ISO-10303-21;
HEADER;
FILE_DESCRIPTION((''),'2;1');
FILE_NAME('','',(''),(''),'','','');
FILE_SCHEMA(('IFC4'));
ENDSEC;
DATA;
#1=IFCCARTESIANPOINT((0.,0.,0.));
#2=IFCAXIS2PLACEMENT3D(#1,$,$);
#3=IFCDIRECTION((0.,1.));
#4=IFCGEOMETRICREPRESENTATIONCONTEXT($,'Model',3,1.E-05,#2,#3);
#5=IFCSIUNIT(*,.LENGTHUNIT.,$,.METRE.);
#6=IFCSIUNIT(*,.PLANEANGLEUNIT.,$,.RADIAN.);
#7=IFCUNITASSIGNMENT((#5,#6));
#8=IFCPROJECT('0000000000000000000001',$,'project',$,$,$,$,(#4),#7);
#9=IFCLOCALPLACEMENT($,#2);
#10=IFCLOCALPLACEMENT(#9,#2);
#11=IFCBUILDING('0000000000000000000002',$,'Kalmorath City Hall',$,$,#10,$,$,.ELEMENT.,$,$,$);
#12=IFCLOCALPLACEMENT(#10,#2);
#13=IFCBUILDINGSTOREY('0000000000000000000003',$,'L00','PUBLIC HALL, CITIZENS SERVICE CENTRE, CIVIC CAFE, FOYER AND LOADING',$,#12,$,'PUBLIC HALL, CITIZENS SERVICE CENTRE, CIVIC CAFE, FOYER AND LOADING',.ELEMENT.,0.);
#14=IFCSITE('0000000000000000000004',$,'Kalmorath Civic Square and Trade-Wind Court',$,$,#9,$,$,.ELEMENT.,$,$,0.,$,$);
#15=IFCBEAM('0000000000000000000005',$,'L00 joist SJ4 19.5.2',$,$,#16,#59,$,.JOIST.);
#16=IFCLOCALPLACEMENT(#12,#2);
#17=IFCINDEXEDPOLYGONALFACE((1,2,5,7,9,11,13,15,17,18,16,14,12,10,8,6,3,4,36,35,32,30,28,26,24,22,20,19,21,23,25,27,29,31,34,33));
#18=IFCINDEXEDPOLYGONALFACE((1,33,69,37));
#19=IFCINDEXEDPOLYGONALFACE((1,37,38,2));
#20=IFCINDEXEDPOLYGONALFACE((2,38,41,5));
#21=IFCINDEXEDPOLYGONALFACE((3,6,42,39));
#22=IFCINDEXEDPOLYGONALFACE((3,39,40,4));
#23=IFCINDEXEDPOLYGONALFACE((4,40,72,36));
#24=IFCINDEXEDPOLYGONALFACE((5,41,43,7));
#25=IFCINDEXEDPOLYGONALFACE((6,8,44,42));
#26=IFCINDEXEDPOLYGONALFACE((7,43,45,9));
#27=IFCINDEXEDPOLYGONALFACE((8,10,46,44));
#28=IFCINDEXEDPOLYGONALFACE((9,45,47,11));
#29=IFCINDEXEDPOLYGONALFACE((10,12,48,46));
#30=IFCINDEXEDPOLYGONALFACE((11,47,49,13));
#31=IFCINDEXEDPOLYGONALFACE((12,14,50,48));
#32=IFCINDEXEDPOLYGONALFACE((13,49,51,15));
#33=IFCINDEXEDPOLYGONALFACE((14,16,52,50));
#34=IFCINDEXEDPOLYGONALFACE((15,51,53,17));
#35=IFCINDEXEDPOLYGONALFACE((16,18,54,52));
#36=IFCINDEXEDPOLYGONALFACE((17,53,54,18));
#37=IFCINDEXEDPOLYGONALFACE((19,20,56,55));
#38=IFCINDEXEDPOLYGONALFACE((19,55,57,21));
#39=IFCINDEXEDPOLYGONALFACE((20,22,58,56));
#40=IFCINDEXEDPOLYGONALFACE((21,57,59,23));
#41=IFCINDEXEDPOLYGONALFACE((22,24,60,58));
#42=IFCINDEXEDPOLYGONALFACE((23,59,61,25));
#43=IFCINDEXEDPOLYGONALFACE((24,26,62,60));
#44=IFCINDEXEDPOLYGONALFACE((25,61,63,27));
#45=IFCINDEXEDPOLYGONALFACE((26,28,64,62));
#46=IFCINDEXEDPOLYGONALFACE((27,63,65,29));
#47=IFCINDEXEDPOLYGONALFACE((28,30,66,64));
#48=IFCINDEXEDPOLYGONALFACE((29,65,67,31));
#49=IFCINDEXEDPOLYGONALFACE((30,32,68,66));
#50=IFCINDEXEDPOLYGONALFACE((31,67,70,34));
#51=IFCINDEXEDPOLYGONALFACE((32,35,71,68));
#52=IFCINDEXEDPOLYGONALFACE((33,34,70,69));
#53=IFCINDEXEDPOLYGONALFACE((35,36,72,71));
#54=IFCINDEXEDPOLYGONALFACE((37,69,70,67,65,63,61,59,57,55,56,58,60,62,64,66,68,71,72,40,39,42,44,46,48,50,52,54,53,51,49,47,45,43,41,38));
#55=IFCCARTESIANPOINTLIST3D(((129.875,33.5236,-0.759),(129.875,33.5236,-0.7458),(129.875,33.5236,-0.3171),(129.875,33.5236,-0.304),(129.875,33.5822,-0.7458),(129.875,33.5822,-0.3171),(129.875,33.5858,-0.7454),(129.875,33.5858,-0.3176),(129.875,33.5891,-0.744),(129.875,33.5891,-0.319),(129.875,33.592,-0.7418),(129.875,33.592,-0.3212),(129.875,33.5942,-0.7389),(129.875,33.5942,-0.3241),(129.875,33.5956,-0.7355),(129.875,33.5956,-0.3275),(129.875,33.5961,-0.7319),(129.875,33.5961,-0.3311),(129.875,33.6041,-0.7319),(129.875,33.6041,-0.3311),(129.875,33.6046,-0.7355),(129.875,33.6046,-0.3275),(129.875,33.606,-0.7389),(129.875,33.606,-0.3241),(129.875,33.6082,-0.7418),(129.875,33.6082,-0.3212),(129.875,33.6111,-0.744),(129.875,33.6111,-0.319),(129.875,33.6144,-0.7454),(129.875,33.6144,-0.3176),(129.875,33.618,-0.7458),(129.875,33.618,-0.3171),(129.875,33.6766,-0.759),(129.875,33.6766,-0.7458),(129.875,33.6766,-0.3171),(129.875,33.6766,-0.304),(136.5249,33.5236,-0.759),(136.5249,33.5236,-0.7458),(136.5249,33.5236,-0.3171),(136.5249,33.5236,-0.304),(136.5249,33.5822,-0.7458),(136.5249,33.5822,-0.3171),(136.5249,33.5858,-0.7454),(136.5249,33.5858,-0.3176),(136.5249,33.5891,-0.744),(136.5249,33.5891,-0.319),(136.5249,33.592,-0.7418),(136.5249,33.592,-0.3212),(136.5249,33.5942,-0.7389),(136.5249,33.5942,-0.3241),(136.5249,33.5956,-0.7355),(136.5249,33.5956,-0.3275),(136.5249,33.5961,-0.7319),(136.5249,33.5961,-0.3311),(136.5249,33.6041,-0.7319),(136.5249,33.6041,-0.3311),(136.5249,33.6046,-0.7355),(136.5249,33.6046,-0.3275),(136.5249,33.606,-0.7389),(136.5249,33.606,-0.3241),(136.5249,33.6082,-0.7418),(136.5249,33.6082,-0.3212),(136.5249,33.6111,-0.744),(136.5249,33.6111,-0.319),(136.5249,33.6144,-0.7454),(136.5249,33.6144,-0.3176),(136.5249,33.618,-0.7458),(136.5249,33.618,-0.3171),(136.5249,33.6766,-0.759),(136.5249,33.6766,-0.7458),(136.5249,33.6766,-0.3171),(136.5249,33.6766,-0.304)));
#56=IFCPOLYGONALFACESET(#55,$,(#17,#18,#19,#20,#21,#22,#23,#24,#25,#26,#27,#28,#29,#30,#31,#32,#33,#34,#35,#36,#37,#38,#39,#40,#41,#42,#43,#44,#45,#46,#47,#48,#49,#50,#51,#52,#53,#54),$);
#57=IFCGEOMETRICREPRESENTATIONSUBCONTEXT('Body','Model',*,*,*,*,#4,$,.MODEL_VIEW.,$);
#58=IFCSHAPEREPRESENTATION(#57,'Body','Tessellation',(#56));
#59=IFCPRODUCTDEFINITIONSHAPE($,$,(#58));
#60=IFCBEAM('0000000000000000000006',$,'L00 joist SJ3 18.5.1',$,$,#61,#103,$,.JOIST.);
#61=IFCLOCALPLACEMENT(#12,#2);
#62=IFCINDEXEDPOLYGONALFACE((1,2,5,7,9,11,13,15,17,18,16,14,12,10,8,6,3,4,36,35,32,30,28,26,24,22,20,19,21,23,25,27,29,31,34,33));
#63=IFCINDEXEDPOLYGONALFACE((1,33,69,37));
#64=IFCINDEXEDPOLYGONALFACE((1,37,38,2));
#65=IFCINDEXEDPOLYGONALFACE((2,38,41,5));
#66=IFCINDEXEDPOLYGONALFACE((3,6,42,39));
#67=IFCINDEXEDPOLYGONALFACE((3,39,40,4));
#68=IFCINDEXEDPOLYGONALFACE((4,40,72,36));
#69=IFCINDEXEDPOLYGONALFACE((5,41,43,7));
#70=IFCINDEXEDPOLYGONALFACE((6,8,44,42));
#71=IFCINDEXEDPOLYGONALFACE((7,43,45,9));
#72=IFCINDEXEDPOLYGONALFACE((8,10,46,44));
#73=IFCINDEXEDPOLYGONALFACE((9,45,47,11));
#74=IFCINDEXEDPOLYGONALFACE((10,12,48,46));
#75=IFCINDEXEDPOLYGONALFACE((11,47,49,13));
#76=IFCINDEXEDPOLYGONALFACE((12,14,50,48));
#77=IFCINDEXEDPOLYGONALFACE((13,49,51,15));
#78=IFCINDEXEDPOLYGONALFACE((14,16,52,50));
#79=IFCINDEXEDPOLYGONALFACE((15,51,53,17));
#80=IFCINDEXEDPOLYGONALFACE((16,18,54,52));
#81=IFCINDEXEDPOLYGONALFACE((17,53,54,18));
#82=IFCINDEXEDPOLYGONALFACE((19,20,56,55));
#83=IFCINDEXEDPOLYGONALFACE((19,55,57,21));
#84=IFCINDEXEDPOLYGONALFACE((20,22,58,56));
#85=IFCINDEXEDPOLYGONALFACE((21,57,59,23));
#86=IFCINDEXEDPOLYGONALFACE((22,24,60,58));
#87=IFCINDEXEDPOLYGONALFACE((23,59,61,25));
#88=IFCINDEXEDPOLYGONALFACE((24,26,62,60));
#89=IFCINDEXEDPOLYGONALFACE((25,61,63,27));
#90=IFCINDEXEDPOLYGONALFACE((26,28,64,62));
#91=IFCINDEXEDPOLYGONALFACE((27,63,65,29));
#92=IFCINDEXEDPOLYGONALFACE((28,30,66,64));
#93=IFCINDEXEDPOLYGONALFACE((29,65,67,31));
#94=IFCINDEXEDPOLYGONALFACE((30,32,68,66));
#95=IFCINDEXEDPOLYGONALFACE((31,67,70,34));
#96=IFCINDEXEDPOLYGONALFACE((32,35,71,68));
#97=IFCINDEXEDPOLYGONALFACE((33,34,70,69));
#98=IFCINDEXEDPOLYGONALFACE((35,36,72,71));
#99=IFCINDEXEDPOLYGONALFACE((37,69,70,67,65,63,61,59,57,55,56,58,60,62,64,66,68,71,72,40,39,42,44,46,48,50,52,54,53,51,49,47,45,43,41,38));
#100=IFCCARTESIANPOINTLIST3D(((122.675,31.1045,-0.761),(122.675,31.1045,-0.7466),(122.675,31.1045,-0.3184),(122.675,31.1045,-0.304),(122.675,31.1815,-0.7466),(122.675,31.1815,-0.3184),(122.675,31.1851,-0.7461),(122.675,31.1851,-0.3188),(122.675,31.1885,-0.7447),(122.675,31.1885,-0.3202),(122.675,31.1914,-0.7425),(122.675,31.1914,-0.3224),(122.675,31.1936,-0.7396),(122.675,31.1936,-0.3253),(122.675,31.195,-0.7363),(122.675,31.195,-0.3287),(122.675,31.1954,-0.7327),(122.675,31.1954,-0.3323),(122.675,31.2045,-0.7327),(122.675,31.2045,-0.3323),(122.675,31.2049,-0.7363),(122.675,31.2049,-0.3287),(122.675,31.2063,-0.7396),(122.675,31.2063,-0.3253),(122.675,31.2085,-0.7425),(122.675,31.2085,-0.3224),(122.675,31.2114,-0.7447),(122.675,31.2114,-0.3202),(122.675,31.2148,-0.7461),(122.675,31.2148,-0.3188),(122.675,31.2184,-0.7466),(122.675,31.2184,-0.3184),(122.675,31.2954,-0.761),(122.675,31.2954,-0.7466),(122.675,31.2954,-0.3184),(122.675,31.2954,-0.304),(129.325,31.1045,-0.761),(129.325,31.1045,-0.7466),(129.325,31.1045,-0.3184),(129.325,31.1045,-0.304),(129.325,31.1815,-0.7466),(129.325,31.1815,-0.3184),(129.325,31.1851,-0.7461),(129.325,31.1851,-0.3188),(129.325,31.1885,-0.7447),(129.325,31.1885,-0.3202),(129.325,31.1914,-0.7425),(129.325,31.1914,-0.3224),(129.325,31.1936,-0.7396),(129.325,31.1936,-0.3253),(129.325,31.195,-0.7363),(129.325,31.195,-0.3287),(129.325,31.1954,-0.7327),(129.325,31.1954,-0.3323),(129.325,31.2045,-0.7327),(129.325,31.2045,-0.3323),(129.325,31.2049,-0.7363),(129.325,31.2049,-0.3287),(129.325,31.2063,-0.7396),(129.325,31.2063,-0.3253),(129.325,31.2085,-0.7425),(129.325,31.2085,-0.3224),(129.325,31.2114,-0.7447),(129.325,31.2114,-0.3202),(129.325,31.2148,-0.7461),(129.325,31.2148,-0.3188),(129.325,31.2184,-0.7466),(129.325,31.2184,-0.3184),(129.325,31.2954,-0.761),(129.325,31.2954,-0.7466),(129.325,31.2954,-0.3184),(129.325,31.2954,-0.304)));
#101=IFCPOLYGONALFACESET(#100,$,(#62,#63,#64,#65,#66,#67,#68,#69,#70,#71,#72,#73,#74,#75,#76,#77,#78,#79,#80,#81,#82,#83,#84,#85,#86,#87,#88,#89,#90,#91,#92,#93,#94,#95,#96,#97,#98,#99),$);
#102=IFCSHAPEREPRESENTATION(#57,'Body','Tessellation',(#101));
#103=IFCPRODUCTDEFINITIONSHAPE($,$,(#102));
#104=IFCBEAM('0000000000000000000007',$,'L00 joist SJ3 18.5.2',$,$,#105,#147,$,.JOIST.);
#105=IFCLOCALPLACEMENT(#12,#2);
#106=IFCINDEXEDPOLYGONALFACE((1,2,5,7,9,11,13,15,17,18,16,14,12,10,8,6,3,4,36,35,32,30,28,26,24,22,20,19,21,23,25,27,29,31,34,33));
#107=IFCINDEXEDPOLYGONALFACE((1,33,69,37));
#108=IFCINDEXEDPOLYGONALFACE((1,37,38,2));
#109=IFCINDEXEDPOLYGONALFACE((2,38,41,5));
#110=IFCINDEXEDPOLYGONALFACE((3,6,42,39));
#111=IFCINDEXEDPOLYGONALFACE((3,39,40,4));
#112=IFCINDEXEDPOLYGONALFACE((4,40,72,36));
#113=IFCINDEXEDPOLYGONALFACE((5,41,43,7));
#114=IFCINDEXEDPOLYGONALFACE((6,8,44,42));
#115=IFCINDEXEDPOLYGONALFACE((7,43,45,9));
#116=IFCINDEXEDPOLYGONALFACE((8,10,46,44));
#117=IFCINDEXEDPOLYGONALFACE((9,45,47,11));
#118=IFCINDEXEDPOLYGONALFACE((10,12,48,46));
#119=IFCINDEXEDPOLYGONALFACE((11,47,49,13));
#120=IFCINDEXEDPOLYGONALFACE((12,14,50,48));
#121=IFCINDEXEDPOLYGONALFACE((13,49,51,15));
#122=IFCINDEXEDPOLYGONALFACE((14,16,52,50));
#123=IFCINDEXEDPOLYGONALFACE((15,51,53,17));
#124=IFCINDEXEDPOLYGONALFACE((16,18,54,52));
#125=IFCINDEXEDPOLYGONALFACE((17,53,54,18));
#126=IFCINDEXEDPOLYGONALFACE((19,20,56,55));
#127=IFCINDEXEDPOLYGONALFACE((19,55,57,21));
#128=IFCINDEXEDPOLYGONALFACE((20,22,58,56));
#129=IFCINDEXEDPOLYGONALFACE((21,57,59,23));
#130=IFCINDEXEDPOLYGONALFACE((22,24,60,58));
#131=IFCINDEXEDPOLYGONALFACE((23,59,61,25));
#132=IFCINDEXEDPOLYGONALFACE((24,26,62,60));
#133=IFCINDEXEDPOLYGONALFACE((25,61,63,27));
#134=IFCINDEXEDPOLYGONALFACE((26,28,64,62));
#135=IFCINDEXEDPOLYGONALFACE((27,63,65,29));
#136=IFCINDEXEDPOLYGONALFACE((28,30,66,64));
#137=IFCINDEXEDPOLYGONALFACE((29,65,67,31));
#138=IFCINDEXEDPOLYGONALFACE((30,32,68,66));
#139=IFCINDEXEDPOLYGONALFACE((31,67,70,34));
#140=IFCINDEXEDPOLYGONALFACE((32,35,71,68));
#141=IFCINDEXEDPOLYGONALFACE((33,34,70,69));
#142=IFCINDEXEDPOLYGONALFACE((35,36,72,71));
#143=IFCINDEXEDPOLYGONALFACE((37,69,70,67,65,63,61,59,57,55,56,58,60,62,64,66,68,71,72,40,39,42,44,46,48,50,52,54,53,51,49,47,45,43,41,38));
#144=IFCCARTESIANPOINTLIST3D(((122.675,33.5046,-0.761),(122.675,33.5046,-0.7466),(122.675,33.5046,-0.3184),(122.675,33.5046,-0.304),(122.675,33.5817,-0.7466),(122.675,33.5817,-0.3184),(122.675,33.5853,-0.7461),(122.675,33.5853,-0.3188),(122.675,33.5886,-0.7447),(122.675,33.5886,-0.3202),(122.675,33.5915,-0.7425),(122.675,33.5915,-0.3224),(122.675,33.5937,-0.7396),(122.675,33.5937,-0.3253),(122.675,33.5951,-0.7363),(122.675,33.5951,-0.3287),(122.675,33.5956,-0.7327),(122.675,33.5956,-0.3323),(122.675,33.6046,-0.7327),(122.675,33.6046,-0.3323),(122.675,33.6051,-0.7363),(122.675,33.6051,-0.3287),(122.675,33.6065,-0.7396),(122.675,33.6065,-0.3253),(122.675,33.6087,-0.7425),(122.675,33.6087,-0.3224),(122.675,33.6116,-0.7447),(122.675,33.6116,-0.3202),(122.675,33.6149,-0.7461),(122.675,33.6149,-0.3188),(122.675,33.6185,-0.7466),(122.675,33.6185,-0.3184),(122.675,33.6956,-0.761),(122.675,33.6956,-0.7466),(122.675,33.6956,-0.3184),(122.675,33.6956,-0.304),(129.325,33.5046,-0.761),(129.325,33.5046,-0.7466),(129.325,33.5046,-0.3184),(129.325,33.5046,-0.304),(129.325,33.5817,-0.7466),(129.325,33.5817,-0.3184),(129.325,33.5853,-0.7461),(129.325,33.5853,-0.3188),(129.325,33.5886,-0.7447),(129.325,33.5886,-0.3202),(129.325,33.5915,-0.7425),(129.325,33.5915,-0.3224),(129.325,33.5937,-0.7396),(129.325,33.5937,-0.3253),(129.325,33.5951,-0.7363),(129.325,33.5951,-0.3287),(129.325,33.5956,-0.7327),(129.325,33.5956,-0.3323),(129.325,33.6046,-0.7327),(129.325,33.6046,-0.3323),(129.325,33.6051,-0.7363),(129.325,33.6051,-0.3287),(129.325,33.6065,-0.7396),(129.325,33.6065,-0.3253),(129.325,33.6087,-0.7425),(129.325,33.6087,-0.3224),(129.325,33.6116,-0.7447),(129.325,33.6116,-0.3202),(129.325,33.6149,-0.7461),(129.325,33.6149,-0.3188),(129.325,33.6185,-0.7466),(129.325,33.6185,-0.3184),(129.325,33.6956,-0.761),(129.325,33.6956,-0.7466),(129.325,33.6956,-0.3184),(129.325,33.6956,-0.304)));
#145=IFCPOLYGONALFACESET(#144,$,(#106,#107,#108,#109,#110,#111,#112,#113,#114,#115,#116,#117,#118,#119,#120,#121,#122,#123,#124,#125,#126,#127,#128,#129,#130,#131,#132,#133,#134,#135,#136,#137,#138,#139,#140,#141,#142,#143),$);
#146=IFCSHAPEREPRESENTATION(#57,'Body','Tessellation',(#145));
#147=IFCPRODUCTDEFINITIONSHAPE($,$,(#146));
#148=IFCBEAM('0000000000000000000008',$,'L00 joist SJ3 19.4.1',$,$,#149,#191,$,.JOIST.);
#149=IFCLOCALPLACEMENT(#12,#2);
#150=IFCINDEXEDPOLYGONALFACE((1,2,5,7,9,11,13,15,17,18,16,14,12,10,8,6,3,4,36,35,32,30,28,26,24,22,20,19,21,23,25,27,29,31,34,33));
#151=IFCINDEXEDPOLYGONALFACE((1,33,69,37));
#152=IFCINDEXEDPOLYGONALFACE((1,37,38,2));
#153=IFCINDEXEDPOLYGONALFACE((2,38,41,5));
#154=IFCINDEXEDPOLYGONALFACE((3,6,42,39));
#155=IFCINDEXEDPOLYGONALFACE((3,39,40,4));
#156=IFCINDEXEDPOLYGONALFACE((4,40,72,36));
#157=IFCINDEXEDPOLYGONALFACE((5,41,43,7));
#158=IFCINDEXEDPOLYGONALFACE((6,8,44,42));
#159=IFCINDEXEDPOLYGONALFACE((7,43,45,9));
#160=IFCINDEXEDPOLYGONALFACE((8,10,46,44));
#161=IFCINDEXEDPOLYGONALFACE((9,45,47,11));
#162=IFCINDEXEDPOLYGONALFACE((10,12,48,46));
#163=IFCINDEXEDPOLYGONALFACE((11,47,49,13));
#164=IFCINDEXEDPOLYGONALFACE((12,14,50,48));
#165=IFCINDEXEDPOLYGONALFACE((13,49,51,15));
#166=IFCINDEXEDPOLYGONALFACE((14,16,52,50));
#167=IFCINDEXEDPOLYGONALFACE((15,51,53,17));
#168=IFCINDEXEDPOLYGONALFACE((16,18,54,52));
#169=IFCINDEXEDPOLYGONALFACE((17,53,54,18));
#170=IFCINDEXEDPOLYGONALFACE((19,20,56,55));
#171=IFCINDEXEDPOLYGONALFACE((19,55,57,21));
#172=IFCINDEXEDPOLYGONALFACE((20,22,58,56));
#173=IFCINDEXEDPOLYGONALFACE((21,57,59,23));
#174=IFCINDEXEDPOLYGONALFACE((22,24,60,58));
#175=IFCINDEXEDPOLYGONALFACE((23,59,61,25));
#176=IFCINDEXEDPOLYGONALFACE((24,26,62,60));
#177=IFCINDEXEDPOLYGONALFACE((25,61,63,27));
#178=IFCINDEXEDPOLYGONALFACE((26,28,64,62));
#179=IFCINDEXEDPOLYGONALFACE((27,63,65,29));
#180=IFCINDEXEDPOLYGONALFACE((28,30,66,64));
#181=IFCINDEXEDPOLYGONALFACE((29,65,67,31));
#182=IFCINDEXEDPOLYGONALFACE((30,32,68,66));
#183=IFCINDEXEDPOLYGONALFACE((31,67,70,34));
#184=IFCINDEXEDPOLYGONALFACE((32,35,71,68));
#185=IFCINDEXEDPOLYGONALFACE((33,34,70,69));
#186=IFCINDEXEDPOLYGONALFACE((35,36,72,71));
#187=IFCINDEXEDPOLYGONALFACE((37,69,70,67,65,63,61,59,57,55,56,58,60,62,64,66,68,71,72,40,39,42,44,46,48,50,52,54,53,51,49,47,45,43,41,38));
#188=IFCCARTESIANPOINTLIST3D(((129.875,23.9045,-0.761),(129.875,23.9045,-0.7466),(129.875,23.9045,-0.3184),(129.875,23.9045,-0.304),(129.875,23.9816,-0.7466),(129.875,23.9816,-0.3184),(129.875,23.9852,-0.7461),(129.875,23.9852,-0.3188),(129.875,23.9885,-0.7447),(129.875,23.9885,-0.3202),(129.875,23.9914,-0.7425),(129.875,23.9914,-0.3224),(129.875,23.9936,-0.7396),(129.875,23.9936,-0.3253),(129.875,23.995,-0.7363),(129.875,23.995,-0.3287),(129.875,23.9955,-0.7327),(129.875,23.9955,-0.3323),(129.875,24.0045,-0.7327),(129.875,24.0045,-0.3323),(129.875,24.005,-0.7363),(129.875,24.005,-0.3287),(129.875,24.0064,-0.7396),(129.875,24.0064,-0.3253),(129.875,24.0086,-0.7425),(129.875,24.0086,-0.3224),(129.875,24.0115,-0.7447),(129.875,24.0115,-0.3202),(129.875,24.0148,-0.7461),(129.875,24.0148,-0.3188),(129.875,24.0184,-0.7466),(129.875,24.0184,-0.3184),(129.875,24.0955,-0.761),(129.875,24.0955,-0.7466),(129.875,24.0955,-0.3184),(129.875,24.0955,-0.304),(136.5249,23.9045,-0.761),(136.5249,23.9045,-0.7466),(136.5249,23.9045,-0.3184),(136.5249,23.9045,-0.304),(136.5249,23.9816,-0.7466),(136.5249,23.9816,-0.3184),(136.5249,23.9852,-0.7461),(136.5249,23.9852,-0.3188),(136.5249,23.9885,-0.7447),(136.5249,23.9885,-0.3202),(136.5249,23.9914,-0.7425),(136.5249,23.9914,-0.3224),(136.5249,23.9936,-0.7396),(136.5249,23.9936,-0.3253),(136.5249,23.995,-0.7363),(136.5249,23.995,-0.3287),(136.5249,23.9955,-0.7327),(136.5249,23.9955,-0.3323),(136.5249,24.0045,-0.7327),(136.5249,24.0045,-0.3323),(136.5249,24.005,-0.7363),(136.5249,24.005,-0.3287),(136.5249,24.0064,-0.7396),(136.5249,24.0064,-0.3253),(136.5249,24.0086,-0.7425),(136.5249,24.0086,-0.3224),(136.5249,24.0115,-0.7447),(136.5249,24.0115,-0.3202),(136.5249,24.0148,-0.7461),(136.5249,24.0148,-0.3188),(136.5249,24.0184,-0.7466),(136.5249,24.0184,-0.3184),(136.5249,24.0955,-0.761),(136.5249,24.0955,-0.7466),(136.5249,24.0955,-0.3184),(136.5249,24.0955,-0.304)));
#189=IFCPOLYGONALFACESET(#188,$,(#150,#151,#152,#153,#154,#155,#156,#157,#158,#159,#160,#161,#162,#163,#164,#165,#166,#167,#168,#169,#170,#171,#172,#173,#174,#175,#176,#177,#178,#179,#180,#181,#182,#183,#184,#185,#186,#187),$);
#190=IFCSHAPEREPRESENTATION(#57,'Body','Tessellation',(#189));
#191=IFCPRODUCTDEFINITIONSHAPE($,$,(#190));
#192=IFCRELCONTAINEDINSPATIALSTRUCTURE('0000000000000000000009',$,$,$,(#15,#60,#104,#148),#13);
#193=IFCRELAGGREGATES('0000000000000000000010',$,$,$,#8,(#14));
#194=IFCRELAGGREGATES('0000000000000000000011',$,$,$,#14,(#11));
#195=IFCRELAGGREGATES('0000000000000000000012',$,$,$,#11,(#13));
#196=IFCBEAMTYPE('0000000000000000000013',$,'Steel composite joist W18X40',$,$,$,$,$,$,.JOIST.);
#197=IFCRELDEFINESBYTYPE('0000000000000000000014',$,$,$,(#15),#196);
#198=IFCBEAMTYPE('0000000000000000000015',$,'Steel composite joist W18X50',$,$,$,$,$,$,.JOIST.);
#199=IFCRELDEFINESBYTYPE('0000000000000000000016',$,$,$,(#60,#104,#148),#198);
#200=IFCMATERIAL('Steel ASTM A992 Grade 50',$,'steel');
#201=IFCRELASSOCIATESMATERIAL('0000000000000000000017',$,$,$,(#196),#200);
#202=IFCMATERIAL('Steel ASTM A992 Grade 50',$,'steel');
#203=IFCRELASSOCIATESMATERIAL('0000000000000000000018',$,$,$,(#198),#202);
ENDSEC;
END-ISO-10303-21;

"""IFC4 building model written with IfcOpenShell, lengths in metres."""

from ifc_helpers import new_model, si_unit, direction, frame, origin, origin_2d, place, context, subcontext, project, spatial, i_section, extrude, material, material_profile, profile_set, type_object, element, save


model = new_model("IFC4")

# Units and contexts
model_context = context("Model", 3, precision=1e-05, world=origin(), true_north=direction((0.0, 1.0)))
body_context = subcontext(model_context, "Body", "Model", "MODEL_VIEW")
ifc_project = project(units=[si_unit("LENGTHUNIT", "METRE"), si_unit("PLANEANGLEUNIT", "RADIAN")], contexts=[model_context])

# Site, building, storey
site_placement = place(None, origin())
site = spatial("IfcSite", under=ifc_project, at=site_placement, Name="Kalmorath Civic Square and Trade-Wind Court", CompositionType="ELEMENT", RefElevation=0.0)
building_placement = place(site_placement, origin())
building = spatial("IfcBuilding", under=site, at=building_placement, Name="Kalmorath City Hall", CompositionType="ELEMENT")
storey_placement = place(building_placement, origin())
storey = spatial("IfcBuildingStorey", under=building, at=storey_placement, Name="L00", Description="PUBLIC HALL, CITIZENS SERVICE CENTRE, CIVIC CAFE, FOYER AND LOADING", LongName="PUBLIC HALL, CITIZENS SERVICE CENTRE, CIVIC CAFE, FOYER AND LOADING", CompositionType="ELEMENT", Elevation=0.0)

# Beams
ifc_material_1 = material(Name="Steel ASTM A992 Grade 50", Category="steel")
ifc_material_profile_1 = material_profile(ifc_material_1, i_section(OverallWidth=0.1531, OverallDepth=0.4551, WebThickness=0.0081, FlangeThickness=0.0132, FilletRadius=0.0139, at=origin_2d()), Name="W18X40")
ifc_profile_set_1 = profile_set([ifc_material_profile_1], Name="Steel ASTM A992 Grade 50")
beam_type_1 = type_object("IfcBeamType", Name="Steel composite joist W18X40", PredefinedType="JOIST", material=ifc_profile_set_1)
for number, where, z_axis, x_axis, name in (
    (1, (129.875, 33.6001, -0.5315), (1.0, 0.0, 0.0), (0.0, 1.0, 0.0), "L00 joist SJ4 19.5.2"),
):
    element("IfcBeam", number, at=place(storey_placement, frame(where, z_axis=z_axis, x_axis=x_axis)), inside=storey, type_object=beam_type_1, Name=name, PredefinedType="JOIST", context=body_context, shape_type="SweptSolid", body=[
        extrude(i_section(OverallWidth=0.1531, OverallDepth=0.4551, WebThickness=0.0081, FlangeThickness=0.0132, FilletRadius=0.0139, at=origin_2d()), origin(), (0.0, 0.0, 1.0), 6.6499),
    ])
ifc_material_2 = material(Name="Steel ASTM A992 Grade 50", Category="steel")
ifc_material_profile_2 = material_profile(ifc_material_2, i_section(OverallWidth=0.1909, OverallDepth=0.457, WebThickness=0.009, FlangeThickness=0.0144, FilletRadius=0.0139, at=origin_2d()), Name="W18X50")
ifc_profile_set_2 = profile_set([ifc_material_profile_2], Name="Steel ASTM A992 Grade 50")
beam_type_2 = type_object("IfcBeamType", Name="Steel composite joist W18X50", PredefinedType="JOIST", material=ifc_profile_set_2)
for number, where, z_axis, x_axis, name in (
    (2, (122.675, 31.2, -0.5325), (1.0, 0.0, 0.0), (0.0, 1.0, 0.0), "L00 joist SJ3 18.5.1"),
    (3, (122.675, 33.6001, -0.5325), (1.0, 0.0, 0.0), (0.0, 1.0, 0.0), "L00 joist SJ3 18.5.2"),
    (4, (129.875, 24.0, -0.5325), (1.0, 0.0, 0.0), (0.0, 1.0, 0.0), "L00 joist SJ3 19.4.1"),
):
    element("IfcBeam", number, at=place(storey_placement, frame(where, z_axis=z_axis, x_axis=x_axis)), inside=storey, type_object=beam_type_2, Name=name, PredefinedType="JOIST", context=body_context, shape_type="SweptSolid", body=[
        extrude(i_section(OverallWidth=0.1909, OverallDepth=0.457, WebThickness=0.009, FlangeThickness=0.0144, FilletRadius=0.0139, at=origin_2d()), origin(), (0.0, 0.0, 1.0), 6.6499),
    ])

save(model, "model.ifc")
